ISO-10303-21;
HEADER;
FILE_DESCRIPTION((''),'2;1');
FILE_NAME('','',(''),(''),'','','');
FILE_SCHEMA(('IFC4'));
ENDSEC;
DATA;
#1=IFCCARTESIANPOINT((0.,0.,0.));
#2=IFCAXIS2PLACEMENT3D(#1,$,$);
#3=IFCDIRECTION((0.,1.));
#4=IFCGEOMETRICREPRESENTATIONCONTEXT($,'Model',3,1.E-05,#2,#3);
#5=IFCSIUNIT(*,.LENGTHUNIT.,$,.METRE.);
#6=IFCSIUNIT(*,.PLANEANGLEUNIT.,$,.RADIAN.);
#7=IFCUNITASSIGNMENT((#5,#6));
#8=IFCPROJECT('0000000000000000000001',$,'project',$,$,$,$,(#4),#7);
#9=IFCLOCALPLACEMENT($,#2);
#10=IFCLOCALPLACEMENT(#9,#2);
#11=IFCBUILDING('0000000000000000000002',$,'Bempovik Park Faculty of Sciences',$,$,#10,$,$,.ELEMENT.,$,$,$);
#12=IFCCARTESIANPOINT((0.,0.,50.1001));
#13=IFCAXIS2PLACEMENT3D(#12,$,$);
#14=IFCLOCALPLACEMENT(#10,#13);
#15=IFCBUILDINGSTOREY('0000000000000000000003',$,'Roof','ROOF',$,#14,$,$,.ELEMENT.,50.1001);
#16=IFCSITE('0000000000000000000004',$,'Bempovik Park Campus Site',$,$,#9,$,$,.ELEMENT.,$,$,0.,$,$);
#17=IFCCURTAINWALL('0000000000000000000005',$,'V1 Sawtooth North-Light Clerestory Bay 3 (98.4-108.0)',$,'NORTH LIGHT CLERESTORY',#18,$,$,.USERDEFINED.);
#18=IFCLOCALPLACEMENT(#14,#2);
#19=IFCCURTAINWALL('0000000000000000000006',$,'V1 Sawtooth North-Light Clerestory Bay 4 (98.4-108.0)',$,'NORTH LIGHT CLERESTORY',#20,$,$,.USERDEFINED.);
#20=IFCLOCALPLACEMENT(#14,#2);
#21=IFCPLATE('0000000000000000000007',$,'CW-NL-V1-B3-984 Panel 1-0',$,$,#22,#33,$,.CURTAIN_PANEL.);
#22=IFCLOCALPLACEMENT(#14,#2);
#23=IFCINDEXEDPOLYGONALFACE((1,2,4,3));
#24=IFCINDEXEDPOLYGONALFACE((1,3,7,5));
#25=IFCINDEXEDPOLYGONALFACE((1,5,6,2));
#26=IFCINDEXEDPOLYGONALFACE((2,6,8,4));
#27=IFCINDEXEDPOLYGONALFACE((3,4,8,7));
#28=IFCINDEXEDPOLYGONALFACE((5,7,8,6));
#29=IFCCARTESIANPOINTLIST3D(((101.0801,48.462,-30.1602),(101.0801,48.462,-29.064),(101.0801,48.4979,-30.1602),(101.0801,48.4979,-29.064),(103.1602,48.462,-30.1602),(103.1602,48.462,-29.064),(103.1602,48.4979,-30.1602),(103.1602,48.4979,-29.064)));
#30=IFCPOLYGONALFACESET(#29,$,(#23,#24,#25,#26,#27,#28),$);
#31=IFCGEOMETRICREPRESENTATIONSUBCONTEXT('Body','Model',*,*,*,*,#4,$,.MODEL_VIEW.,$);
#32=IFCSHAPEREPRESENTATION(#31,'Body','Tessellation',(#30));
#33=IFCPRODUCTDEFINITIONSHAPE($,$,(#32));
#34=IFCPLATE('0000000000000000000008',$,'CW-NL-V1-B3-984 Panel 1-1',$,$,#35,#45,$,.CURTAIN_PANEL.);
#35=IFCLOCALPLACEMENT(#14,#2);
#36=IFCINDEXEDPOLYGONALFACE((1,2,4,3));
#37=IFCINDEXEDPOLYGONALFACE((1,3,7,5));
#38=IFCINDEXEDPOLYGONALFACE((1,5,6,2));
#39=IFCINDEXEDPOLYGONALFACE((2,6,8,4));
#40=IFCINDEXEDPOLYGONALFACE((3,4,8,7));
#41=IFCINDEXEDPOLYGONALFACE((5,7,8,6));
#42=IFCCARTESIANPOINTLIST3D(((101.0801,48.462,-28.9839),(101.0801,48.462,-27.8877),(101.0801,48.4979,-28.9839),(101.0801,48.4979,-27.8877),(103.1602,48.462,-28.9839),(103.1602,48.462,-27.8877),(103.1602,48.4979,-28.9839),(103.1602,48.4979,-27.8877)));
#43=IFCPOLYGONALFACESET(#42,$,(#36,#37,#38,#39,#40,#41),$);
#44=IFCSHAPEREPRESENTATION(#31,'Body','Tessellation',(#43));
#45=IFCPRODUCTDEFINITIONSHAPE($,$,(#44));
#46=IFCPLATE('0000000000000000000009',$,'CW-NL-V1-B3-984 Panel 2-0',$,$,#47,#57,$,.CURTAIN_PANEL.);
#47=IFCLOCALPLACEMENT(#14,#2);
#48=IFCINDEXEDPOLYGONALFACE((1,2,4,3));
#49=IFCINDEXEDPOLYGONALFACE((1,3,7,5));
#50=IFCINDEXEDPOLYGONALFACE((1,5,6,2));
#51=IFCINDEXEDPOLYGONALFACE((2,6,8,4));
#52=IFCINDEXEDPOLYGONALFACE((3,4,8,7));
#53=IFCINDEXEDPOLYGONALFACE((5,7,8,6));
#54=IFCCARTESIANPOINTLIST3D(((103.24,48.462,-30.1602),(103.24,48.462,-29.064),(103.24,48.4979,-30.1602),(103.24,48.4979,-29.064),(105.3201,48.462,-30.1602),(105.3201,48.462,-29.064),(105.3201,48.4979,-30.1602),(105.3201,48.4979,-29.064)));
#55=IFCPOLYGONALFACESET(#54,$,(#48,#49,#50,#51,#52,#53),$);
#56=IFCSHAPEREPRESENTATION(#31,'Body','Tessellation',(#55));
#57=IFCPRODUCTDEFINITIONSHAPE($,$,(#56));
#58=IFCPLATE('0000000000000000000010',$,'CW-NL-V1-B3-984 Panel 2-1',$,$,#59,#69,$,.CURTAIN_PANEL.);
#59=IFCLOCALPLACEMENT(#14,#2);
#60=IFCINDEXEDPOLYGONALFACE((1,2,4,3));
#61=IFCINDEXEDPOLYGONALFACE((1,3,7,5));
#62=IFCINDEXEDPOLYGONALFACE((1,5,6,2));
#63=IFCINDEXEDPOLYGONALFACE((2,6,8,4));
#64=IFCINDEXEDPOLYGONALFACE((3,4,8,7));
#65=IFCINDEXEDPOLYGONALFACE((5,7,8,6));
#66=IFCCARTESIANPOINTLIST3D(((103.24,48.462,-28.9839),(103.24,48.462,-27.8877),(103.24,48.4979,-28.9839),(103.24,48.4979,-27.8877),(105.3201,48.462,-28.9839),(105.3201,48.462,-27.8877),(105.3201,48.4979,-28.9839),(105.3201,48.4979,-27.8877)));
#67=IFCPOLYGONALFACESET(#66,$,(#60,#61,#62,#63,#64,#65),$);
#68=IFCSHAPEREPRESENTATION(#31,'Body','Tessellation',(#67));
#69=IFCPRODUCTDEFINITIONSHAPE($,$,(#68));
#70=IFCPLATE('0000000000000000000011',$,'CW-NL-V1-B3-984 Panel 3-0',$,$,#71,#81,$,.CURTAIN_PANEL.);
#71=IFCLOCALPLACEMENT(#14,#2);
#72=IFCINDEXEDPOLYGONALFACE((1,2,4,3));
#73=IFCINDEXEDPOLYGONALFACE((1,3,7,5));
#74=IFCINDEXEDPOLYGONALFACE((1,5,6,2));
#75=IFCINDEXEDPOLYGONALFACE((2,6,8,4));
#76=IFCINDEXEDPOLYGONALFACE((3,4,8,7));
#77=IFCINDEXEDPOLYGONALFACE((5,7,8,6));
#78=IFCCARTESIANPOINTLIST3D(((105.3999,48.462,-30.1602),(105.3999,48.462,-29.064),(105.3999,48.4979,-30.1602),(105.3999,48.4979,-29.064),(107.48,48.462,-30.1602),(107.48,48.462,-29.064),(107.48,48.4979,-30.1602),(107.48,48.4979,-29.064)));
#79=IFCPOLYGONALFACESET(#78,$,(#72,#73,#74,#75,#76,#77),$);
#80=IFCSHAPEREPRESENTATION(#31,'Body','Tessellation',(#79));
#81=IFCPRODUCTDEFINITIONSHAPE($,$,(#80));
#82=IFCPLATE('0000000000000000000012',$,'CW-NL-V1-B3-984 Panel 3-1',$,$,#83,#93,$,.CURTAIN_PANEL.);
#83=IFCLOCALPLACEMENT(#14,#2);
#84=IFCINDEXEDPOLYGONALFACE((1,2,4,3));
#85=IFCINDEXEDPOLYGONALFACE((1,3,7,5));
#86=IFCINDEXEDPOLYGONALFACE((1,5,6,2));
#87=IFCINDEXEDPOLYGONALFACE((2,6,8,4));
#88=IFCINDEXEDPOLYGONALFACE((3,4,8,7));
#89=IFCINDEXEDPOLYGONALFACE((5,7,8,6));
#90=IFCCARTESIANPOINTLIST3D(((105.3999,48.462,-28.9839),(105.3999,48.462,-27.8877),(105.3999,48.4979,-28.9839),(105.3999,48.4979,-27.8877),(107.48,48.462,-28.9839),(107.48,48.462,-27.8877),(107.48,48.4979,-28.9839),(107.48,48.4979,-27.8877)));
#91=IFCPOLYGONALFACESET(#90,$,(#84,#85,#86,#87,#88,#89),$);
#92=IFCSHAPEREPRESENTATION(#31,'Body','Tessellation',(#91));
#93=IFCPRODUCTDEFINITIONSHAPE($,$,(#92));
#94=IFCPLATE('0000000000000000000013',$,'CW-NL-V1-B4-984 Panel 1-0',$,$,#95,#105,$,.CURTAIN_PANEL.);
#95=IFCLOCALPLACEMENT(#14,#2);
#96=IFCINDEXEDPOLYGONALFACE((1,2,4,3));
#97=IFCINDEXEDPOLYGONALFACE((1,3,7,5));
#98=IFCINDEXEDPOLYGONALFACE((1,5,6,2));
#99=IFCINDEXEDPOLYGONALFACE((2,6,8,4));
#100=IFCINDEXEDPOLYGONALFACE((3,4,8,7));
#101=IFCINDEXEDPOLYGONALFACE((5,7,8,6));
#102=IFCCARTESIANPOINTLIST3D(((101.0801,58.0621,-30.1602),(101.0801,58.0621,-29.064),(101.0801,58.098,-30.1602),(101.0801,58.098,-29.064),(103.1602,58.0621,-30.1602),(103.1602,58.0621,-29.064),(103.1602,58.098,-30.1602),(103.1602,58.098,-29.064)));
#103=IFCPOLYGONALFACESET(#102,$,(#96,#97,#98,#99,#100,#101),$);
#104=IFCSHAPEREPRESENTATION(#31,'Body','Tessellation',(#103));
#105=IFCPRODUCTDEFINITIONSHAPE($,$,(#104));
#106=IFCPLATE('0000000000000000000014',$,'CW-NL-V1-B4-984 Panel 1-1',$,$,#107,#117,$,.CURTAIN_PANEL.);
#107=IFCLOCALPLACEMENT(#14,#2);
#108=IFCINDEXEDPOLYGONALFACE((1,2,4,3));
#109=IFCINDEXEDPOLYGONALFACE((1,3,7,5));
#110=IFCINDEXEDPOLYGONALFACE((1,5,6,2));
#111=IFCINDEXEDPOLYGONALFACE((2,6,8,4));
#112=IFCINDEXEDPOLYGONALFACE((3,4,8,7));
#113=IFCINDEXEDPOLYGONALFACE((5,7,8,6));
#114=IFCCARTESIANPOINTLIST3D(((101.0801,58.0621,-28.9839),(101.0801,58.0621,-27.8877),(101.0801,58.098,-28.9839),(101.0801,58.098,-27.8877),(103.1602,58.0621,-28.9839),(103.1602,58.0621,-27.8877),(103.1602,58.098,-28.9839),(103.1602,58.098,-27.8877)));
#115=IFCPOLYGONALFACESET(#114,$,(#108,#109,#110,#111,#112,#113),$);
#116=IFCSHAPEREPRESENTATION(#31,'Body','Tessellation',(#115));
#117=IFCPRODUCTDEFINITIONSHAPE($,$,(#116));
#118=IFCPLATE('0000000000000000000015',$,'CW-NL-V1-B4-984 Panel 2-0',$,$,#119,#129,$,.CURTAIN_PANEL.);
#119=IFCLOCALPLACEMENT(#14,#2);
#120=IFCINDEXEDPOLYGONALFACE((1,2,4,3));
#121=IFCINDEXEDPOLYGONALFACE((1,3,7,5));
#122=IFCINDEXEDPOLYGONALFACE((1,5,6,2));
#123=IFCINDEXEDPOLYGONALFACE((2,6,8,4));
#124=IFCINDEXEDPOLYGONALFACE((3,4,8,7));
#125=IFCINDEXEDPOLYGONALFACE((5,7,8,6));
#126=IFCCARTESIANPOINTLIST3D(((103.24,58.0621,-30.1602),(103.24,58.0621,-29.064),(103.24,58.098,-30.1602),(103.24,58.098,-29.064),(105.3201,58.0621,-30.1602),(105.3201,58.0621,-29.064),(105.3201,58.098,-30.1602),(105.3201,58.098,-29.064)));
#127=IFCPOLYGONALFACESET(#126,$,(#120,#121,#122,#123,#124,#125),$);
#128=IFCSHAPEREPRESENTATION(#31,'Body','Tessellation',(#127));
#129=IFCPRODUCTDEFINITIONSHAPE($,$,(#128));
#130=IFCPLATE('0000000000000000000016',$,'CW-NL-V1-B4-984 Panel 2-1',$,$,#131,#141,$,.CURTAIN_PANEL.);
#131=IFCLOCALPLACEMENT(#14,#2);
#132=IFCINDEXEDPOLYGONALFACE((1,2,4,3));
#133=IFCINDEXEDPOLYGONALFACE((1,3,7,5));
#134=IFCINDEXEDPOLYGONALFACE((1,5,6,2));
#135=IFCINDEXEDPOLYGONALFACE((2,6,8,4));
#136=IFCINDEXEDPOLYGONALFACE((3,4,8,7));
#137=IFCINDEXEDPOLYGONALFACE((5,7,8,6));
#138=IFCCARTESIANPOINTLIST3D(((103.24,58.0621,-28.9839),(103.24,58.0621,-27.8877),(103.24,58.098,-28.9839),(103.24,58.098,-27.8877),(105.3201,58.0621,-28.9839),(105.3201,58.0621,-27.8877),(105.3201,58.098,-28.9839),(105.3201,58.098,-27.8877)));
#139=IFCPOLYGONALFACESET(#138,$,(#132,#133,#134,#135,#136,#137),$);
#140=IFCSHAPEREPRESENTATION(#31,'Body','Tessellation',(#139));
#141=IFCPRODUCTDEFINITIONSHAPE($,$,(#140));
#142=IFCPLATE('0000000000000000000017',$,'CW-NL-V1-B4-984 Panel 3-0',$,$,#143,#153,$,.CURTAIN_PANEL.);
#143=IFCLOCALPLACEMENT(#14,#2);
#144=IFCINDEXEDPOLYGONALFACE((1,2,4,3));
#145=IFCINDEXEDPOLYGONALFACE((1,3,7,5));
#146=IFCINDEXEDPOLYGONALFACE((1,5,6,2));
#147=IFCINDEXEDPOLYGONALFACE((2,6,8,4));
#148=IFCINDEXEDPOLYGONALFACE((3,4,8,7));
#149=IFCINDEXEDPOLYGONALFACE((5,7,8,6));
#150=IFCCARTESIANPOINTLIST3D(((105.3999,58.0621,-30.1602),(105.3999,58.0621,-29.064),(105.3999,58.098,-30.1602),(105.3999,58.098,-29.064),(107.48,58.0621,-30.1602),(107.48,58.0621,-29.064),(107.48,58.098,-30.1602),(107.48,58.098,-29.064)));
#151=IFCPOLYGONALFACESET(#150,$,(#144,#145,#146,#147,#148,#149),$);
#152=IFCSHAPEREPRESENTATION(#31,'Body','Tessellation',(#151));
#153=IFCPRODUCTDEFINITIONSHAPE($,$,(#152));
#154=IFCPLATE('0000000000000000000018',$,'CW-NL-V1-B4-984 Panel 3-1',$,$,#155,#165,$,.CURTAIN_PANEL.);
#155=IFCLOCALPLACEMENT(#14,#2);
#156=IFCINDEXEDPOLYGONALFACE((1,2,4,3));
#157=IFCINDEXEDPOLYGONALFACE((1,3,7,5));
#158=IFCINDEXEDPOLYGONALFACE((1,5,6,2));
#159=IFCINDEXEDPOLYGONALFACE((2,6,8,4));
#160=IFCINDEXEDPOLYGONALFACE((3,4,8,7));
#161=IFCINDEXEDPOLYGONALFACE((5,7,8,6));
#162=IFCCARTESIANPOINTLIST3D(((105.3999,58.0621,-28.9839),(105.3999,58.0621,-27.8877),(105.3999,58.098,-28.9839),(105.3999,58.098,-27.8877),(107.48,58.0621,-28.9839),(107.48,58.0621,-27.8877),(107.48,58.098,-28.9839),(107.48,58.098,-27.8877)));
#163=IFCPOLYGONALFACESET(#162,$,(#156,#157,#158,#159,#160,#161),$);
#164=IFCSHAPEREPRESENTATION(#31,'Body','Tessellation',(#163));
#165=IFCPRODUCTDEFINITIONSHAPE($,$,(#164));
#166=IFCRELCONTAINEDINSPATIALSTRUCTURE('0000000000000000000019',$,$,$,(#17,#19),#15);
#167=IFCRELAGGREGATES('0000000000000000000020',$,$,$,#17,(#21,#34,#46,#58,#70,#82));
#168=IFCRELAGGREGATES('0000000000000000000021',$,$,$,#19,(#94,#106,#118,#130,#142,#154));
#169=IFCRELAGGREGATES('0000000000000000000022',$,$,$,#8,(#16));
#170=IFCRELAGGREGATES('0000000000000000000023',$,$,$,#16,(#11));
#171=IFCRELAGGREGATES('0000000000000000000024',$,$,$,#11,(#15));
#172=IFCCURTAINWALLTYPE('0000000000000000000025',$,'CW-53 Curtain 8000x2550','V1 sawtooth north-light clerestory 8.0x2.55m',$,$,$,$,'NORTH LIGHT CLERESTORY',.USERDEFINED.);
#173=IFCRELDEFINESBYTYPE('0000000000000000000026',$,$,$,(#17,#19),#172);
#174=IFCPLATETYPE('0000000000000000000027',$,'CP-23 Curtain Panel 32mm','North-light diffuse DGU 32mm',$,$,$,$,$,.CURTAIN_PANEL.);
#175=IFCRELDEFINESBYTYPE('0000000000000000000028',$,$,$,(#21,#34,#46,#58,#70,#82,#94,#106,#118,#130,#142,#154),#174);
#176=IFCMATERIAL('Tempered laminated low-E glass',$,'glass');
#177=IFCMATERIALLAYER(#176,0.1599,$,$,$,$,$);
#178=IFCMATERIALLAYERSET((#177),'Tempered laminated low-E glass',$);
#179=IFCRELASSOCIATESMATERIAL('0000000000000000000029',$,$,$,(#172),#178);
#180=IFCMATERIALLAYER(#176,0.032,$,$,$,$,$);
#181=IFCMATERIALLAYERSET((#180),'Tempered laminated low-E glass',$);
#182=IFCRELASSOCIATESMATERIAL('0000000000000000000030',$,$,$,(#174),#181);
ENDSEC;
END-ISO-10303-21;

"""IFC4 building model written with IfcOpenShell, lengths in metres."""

from ifc_helpers import new_model, si_unit, direction, frame, origin, origin_2d, place, context, subcontext, project, spatial, rectangle, extrude, material, layer, layer_set, type_object, element, aggregate, save


model = new_model("IFC4")

# Units and contexts
model_context = context("Model", 3, precision=1e-05, world=origin(), true_north=direction((0.0, 1.0)))
body_context = subcontext(model_context, "Body", "Model", "MODEL_VIEW")
ifc_project = project(units=[si_unit("LENGTHUNIT", "METRE"), si_unit("PLANEANGLEUNIT", "RADIAN")], contexts=[model_context])

# Site, building, storey
site_placement = place(None, origin())
site = spatial("IfcSite", under=ifc_project, at=site_placement, Name="Bempovik Park Campus Site", CompositionType="ELEMENT", RefElevation=0.0)
building_placement = place(site_placement, origin())
building = spatial("IfcBuilding", under=site, at=building_placement, Name="Bempovik Park Faculty of Sciences", CompositionType="ELEMENT")
storey_placement = place(building_placement, frame((0.0, 0.0, 50.1001)))
storey = spatial("IfcBuildingStorey", under=building, at=storey_placement, Name="Roof", Description="ROOF", CompositionType="ELEMENT", Elevation=50.1001)

# Curtain wall
ifc_material_1 = material(Name="Tempered laminated low-E glass", Category="glass")
ifc_layer_1 = layer(ifc_material_1, 0.1599)
ifc_layer_set_1 = layer_set([ifc_layer_1], Name="Tempered laminated low-E glass")
curtain_wall_type_1 = type_object("IfcCurtainWallType", Name="CW-53 Curtain 8000x2550", Description="V1 sawtooth north-light clerestory 8.0x2.55m", ElementType="NORTH LIGHT CLERESTORY", PredefinedType="USERDEFINED", material=ifc_layer_set_1)
curtain_wall_1_placement = place(storey_placement, origin())
curtain_wall_1 = element("IfcCurtainWall", 1, at=curtain_wall_1_placement, inside=storey, type_object=curtain_wall_type_1, Name="V1 Sawtooth North-Light Clerestory Bay 3 (98.4-108.0)", ObjectType="NORTH LIGHT CLERESTORY", PredefinedType="USERDEFINED")

# Curtain wall
curtain_wall_2_placement = place(storey_placement, origin())
curtain_wall_2 = element("IfcCurtainWall", 2, at=curtain_wall_2_placement, inside=storey, type_object=curtain_wall_type_1, Name="V1 Sawtooth North-Light Clerestory Bay 4 (98.4-108.0)", ObjectType="NORTH LIGHT CLERESTORY", PredefinedType="USERDEFINED")

# Plates
ifc_layer_2 = layer(ifc_material_1, 0.032)
ifc_layer_set_2 = layer_set([ifc_layer_2], Name="Tempered laminated low-E glass")
plate_type = type_object("IfcPlateType", Name="CP-23 Curtain Panel 32mm", Description="North-light diffuse DGU 32mm", PredefinedType="CURTAIN_PANEL", material=ifc_layer_set_2)
plate_1_placement = place(storey_placement, frame((102.1201, 48.48, -30.1602), z_axis=(0.0, 0.0, 1.0), x_axis=(1.0, 0.0, 0.0)))
plate_1 = element("IfcPlate", 3, at=plate_1_placement, type_object=plate_type, Name="CW-NL-V1-B3-984 Panel 1-0", PredefinedType="CURTAIN_PANEL", context=body_context, shape_type="SweptSolid", body=[
    extrude(rectangle(XDim=2.0801, YDim=0.0359, at=origin_2d()), origin(), (0.0, 0.0, 1.0), 1.0962),
])
plate_2_placement = place(storey_placement, frame((102.1201, 48.48, -28.9839), z_axis=(0.0, 0.0, 1.0), x_axis=(1.0, 0.0, 0.0)))
plate_2 = element("IfcPlate", 4, at=plate_2_placement, type_object=plate_type, Name="CW-NL-V1-B3-984 Panel 1-1", PredefinedType="CURTAIN_PANEL", context=body_context, shape_type="SweptSolid", body=[
    extrude(rectangle(XDim=2.0801, YDim=0.0359, at=origin_2d()), origin(), (0.0, 0.0, 1.0), 1.0962),
])
plate_3_placement = place(storey_placement, frame((104.28, 48.48, -30.1602), z_axis=(0.0, 0.0, 1.0), x_axis=(1.0, 0.0, 0.0)))
plate_3 = element("IfcPlate", 5, at=plate_3_placement, type_object=plate_type, Name="CW-NL-V1-B3-984 Panel 2-0", PredefinedType="CURTAIN_PANEL", context=body_context, shape_type="SweptSolid", body=[
    extrude(rectangle(XDim=2.0801, YDim=0.0359, at=origin_2d()), origin(), (0.0, 0.0, 1.0), 1.0962),
])
plate_4_placement = place(storey_placement, frame((104.28, 48.48, -28.9839), z_axis=(0.0, 0.0, 1.0), x_axis=(1.0, 0.0, 0.0)))
plate_4 = element("IfcPlate", 6, at=plate_4_placement, type_object=plate_type, Name="CW-NL-V1-B3-984 Panel 2-1", PredefinedType="CURTAIN_PANEL", context=body_context, shape_type="SweptSolid", body=[
    extrude(rectangle(XDim=2.0801, YDim=0.0359, at=origin_2d()), origin(), (0.0, 0.0, 1.0), 1.0962),
])
plate_5_placement = place(storey_placement, frame((106.4399, 48.48, -30.1602), z_axis=(0.0, 0.0, 1.0), x_axis=(1.0, 0.0, 0.0)))
plate_5 = element("IfcPlate", 7, at=plate_5_placement, type_object=plate_type, Name="CW-NL-V1-B3-984 Panel 3-0", PredefinedType="CURTAIN_PANEL", context=body_context, shape_type="SweptSolid", body=[
    extrude(rectangle(XDim=2.0801, YDim=0.0359, at=origin_2d()), origin(), (0.0, 0.0, 1.0), 1.0962),
])
plate_6_placement = place(storey_placement, frame((106.4399, 48.48, -28.9839), z_axis=(0.0, 0.0, 1.0), x_axis=(1.0, 0.0, 0.0)))
plate_6 = element("IfcPlate", 8, at=plate_6_placement, type_object=plate_type, Name="CW-NL-V1-B3-984 Panel 3-1", PredefinedType="CURTAIN_PANEL", context=body_context, shape_type="SweptSolid", body=[
    extrude(rectangle(XDim=2.0801, YDim=0.0359, at=origin_2d()), origin(), (0.0, 0.0, 1.0), 1.0962),
])
aggregate(curtain_wall_1, [plate_1, plate_2, plate_3, plate_4, plate_5, plate_6])
plate_7_placement = place(storey_placement, frame((102.1201, 58.0801, -30.1602), z_axis=(0.0, 0.0, 1.0), x_axis=(1.0, 0.0, 0.0)))
plate_7 = element("IfcPlate", 9, at=plate_7_placement, type_object=plate_type, Name="CW-NL-V1-B4-984 Panel 1-0", PredefinedType="CURTAIN_PANEL", context=body_context, shape_type="SweptSolid", body=[
    extrude(rectangle(XDim=2.0801, YDim=0.0359, at=origin_2d()), origin(), (0.0, 0.0, 1.0), 1.0962),
])
plate_8_placement = place(storey_placement, frame((102.1201, 58.0801, -28.9839), z_axis=(0.0, 0.0, 1.0), x_axis=(1.0, 0.0, 0.0)))
plate_8 = element("IfcPlate", 10, at=plate_8_placement, type_object=plate_type, Name="CW-NL-V1-B4-984 Panel 1-1", PredefinedType="CURTAIN_PANEL", context=body_context, shape_type="SweptSolid", body=[
    extrude(rectangle(XDim=2.0801, YDim=0.0359, at=origin_2d()), origin(), (0.0, 0.0, 1.0), 1.0962),
])
plate_9_placement = place(storey_placement, frame((104.28, 58.0801, -30.1602), z_axis=(0.0, 0.0, 1.0), x_axis=(1.0, 0.0, 0.0)))
plate_9 = element("IfcPlate", 11, at=plate_9_placement, type_object=plate_type, Name="CW-NL-V1-B4-984 Panel 2-0", PredefinedType="CURTAIN_PANEL", context=body_context, shape_type="SweptSolid", body=[
    extrude(rectangle(XDim=2.0801, YDim=0.0359, at=origin_2d()), origin(), (0.0, 0.0, 1.0), 1.0962),
])
plate_10_placement = place(storey_placement, frame((104.28, 58.0801, -28.9839), z_axis=(0.0, 0.0, 1.0), x_axis=(1.0, 0.0, 0.0)))
plate_10 = element("IfcPlate", 12, at=plate_10_placement, type_object=plate_type, Name="CW-NL-V1-B4-984 Panel 2-1", PredefinedType="CURTAIN_PANEL", context=body_context, shape_type="SweptSolid", body=[
    extrude(rectangle(XDim=2.0801, YDim=0.0359, at=origin_2d()), origin(), (0.0, 0.0, 1.0), 1.0962),
])
plate_11_placement = place(storey_placement, frame((106.4399, 58.0801, -30.1602), z_axis=(0.0, 0.0, 1.0), x_axis=(1.0, 0.0, 0.0)))
plate_11 = element("IfcPlate", 13, at=plate_11_placement, type_object=plate_type, Name="CW-NL-V1-B4-984 Panel 3-0", PredefinedType="CURTAIN_PANEL", context=body_context, shape_type="SweptSolid", body=[
    extrude(rectangle(XDim=2.0801, YDim=0.0359, at=origin_2d()), origin(), (0.0, 0.0, 1.0), 1.0962),
])
plate_12_placement = place(storey_placement, frame((106.4399, 58.0801, -28.9839), z_axis=(0.0, 0.0, 1.0), x_axis=(1.0, 0.0, 0.0)))
plate_12 = element("IfcPlate", 14, at=plate_12_placement, type_object=plate_type, Name="CW-NL-V1-B4-984 Panel 3-1", PredefinedType="CURTAIN_PANEL", context=body_context, shape_type="SweptSolid", body=[
    extrude(rectangle(XDim=2.0801, YDim=0.0359, at=origin_2d()), origin(), (0.0, 0.0, 1.0), 1.0962),
])
aggregate(curtain_wall_2, [plate_7, plate_8, plate_9, plate_10, plate_11, plate_12])

save(model, "model.ifc")
